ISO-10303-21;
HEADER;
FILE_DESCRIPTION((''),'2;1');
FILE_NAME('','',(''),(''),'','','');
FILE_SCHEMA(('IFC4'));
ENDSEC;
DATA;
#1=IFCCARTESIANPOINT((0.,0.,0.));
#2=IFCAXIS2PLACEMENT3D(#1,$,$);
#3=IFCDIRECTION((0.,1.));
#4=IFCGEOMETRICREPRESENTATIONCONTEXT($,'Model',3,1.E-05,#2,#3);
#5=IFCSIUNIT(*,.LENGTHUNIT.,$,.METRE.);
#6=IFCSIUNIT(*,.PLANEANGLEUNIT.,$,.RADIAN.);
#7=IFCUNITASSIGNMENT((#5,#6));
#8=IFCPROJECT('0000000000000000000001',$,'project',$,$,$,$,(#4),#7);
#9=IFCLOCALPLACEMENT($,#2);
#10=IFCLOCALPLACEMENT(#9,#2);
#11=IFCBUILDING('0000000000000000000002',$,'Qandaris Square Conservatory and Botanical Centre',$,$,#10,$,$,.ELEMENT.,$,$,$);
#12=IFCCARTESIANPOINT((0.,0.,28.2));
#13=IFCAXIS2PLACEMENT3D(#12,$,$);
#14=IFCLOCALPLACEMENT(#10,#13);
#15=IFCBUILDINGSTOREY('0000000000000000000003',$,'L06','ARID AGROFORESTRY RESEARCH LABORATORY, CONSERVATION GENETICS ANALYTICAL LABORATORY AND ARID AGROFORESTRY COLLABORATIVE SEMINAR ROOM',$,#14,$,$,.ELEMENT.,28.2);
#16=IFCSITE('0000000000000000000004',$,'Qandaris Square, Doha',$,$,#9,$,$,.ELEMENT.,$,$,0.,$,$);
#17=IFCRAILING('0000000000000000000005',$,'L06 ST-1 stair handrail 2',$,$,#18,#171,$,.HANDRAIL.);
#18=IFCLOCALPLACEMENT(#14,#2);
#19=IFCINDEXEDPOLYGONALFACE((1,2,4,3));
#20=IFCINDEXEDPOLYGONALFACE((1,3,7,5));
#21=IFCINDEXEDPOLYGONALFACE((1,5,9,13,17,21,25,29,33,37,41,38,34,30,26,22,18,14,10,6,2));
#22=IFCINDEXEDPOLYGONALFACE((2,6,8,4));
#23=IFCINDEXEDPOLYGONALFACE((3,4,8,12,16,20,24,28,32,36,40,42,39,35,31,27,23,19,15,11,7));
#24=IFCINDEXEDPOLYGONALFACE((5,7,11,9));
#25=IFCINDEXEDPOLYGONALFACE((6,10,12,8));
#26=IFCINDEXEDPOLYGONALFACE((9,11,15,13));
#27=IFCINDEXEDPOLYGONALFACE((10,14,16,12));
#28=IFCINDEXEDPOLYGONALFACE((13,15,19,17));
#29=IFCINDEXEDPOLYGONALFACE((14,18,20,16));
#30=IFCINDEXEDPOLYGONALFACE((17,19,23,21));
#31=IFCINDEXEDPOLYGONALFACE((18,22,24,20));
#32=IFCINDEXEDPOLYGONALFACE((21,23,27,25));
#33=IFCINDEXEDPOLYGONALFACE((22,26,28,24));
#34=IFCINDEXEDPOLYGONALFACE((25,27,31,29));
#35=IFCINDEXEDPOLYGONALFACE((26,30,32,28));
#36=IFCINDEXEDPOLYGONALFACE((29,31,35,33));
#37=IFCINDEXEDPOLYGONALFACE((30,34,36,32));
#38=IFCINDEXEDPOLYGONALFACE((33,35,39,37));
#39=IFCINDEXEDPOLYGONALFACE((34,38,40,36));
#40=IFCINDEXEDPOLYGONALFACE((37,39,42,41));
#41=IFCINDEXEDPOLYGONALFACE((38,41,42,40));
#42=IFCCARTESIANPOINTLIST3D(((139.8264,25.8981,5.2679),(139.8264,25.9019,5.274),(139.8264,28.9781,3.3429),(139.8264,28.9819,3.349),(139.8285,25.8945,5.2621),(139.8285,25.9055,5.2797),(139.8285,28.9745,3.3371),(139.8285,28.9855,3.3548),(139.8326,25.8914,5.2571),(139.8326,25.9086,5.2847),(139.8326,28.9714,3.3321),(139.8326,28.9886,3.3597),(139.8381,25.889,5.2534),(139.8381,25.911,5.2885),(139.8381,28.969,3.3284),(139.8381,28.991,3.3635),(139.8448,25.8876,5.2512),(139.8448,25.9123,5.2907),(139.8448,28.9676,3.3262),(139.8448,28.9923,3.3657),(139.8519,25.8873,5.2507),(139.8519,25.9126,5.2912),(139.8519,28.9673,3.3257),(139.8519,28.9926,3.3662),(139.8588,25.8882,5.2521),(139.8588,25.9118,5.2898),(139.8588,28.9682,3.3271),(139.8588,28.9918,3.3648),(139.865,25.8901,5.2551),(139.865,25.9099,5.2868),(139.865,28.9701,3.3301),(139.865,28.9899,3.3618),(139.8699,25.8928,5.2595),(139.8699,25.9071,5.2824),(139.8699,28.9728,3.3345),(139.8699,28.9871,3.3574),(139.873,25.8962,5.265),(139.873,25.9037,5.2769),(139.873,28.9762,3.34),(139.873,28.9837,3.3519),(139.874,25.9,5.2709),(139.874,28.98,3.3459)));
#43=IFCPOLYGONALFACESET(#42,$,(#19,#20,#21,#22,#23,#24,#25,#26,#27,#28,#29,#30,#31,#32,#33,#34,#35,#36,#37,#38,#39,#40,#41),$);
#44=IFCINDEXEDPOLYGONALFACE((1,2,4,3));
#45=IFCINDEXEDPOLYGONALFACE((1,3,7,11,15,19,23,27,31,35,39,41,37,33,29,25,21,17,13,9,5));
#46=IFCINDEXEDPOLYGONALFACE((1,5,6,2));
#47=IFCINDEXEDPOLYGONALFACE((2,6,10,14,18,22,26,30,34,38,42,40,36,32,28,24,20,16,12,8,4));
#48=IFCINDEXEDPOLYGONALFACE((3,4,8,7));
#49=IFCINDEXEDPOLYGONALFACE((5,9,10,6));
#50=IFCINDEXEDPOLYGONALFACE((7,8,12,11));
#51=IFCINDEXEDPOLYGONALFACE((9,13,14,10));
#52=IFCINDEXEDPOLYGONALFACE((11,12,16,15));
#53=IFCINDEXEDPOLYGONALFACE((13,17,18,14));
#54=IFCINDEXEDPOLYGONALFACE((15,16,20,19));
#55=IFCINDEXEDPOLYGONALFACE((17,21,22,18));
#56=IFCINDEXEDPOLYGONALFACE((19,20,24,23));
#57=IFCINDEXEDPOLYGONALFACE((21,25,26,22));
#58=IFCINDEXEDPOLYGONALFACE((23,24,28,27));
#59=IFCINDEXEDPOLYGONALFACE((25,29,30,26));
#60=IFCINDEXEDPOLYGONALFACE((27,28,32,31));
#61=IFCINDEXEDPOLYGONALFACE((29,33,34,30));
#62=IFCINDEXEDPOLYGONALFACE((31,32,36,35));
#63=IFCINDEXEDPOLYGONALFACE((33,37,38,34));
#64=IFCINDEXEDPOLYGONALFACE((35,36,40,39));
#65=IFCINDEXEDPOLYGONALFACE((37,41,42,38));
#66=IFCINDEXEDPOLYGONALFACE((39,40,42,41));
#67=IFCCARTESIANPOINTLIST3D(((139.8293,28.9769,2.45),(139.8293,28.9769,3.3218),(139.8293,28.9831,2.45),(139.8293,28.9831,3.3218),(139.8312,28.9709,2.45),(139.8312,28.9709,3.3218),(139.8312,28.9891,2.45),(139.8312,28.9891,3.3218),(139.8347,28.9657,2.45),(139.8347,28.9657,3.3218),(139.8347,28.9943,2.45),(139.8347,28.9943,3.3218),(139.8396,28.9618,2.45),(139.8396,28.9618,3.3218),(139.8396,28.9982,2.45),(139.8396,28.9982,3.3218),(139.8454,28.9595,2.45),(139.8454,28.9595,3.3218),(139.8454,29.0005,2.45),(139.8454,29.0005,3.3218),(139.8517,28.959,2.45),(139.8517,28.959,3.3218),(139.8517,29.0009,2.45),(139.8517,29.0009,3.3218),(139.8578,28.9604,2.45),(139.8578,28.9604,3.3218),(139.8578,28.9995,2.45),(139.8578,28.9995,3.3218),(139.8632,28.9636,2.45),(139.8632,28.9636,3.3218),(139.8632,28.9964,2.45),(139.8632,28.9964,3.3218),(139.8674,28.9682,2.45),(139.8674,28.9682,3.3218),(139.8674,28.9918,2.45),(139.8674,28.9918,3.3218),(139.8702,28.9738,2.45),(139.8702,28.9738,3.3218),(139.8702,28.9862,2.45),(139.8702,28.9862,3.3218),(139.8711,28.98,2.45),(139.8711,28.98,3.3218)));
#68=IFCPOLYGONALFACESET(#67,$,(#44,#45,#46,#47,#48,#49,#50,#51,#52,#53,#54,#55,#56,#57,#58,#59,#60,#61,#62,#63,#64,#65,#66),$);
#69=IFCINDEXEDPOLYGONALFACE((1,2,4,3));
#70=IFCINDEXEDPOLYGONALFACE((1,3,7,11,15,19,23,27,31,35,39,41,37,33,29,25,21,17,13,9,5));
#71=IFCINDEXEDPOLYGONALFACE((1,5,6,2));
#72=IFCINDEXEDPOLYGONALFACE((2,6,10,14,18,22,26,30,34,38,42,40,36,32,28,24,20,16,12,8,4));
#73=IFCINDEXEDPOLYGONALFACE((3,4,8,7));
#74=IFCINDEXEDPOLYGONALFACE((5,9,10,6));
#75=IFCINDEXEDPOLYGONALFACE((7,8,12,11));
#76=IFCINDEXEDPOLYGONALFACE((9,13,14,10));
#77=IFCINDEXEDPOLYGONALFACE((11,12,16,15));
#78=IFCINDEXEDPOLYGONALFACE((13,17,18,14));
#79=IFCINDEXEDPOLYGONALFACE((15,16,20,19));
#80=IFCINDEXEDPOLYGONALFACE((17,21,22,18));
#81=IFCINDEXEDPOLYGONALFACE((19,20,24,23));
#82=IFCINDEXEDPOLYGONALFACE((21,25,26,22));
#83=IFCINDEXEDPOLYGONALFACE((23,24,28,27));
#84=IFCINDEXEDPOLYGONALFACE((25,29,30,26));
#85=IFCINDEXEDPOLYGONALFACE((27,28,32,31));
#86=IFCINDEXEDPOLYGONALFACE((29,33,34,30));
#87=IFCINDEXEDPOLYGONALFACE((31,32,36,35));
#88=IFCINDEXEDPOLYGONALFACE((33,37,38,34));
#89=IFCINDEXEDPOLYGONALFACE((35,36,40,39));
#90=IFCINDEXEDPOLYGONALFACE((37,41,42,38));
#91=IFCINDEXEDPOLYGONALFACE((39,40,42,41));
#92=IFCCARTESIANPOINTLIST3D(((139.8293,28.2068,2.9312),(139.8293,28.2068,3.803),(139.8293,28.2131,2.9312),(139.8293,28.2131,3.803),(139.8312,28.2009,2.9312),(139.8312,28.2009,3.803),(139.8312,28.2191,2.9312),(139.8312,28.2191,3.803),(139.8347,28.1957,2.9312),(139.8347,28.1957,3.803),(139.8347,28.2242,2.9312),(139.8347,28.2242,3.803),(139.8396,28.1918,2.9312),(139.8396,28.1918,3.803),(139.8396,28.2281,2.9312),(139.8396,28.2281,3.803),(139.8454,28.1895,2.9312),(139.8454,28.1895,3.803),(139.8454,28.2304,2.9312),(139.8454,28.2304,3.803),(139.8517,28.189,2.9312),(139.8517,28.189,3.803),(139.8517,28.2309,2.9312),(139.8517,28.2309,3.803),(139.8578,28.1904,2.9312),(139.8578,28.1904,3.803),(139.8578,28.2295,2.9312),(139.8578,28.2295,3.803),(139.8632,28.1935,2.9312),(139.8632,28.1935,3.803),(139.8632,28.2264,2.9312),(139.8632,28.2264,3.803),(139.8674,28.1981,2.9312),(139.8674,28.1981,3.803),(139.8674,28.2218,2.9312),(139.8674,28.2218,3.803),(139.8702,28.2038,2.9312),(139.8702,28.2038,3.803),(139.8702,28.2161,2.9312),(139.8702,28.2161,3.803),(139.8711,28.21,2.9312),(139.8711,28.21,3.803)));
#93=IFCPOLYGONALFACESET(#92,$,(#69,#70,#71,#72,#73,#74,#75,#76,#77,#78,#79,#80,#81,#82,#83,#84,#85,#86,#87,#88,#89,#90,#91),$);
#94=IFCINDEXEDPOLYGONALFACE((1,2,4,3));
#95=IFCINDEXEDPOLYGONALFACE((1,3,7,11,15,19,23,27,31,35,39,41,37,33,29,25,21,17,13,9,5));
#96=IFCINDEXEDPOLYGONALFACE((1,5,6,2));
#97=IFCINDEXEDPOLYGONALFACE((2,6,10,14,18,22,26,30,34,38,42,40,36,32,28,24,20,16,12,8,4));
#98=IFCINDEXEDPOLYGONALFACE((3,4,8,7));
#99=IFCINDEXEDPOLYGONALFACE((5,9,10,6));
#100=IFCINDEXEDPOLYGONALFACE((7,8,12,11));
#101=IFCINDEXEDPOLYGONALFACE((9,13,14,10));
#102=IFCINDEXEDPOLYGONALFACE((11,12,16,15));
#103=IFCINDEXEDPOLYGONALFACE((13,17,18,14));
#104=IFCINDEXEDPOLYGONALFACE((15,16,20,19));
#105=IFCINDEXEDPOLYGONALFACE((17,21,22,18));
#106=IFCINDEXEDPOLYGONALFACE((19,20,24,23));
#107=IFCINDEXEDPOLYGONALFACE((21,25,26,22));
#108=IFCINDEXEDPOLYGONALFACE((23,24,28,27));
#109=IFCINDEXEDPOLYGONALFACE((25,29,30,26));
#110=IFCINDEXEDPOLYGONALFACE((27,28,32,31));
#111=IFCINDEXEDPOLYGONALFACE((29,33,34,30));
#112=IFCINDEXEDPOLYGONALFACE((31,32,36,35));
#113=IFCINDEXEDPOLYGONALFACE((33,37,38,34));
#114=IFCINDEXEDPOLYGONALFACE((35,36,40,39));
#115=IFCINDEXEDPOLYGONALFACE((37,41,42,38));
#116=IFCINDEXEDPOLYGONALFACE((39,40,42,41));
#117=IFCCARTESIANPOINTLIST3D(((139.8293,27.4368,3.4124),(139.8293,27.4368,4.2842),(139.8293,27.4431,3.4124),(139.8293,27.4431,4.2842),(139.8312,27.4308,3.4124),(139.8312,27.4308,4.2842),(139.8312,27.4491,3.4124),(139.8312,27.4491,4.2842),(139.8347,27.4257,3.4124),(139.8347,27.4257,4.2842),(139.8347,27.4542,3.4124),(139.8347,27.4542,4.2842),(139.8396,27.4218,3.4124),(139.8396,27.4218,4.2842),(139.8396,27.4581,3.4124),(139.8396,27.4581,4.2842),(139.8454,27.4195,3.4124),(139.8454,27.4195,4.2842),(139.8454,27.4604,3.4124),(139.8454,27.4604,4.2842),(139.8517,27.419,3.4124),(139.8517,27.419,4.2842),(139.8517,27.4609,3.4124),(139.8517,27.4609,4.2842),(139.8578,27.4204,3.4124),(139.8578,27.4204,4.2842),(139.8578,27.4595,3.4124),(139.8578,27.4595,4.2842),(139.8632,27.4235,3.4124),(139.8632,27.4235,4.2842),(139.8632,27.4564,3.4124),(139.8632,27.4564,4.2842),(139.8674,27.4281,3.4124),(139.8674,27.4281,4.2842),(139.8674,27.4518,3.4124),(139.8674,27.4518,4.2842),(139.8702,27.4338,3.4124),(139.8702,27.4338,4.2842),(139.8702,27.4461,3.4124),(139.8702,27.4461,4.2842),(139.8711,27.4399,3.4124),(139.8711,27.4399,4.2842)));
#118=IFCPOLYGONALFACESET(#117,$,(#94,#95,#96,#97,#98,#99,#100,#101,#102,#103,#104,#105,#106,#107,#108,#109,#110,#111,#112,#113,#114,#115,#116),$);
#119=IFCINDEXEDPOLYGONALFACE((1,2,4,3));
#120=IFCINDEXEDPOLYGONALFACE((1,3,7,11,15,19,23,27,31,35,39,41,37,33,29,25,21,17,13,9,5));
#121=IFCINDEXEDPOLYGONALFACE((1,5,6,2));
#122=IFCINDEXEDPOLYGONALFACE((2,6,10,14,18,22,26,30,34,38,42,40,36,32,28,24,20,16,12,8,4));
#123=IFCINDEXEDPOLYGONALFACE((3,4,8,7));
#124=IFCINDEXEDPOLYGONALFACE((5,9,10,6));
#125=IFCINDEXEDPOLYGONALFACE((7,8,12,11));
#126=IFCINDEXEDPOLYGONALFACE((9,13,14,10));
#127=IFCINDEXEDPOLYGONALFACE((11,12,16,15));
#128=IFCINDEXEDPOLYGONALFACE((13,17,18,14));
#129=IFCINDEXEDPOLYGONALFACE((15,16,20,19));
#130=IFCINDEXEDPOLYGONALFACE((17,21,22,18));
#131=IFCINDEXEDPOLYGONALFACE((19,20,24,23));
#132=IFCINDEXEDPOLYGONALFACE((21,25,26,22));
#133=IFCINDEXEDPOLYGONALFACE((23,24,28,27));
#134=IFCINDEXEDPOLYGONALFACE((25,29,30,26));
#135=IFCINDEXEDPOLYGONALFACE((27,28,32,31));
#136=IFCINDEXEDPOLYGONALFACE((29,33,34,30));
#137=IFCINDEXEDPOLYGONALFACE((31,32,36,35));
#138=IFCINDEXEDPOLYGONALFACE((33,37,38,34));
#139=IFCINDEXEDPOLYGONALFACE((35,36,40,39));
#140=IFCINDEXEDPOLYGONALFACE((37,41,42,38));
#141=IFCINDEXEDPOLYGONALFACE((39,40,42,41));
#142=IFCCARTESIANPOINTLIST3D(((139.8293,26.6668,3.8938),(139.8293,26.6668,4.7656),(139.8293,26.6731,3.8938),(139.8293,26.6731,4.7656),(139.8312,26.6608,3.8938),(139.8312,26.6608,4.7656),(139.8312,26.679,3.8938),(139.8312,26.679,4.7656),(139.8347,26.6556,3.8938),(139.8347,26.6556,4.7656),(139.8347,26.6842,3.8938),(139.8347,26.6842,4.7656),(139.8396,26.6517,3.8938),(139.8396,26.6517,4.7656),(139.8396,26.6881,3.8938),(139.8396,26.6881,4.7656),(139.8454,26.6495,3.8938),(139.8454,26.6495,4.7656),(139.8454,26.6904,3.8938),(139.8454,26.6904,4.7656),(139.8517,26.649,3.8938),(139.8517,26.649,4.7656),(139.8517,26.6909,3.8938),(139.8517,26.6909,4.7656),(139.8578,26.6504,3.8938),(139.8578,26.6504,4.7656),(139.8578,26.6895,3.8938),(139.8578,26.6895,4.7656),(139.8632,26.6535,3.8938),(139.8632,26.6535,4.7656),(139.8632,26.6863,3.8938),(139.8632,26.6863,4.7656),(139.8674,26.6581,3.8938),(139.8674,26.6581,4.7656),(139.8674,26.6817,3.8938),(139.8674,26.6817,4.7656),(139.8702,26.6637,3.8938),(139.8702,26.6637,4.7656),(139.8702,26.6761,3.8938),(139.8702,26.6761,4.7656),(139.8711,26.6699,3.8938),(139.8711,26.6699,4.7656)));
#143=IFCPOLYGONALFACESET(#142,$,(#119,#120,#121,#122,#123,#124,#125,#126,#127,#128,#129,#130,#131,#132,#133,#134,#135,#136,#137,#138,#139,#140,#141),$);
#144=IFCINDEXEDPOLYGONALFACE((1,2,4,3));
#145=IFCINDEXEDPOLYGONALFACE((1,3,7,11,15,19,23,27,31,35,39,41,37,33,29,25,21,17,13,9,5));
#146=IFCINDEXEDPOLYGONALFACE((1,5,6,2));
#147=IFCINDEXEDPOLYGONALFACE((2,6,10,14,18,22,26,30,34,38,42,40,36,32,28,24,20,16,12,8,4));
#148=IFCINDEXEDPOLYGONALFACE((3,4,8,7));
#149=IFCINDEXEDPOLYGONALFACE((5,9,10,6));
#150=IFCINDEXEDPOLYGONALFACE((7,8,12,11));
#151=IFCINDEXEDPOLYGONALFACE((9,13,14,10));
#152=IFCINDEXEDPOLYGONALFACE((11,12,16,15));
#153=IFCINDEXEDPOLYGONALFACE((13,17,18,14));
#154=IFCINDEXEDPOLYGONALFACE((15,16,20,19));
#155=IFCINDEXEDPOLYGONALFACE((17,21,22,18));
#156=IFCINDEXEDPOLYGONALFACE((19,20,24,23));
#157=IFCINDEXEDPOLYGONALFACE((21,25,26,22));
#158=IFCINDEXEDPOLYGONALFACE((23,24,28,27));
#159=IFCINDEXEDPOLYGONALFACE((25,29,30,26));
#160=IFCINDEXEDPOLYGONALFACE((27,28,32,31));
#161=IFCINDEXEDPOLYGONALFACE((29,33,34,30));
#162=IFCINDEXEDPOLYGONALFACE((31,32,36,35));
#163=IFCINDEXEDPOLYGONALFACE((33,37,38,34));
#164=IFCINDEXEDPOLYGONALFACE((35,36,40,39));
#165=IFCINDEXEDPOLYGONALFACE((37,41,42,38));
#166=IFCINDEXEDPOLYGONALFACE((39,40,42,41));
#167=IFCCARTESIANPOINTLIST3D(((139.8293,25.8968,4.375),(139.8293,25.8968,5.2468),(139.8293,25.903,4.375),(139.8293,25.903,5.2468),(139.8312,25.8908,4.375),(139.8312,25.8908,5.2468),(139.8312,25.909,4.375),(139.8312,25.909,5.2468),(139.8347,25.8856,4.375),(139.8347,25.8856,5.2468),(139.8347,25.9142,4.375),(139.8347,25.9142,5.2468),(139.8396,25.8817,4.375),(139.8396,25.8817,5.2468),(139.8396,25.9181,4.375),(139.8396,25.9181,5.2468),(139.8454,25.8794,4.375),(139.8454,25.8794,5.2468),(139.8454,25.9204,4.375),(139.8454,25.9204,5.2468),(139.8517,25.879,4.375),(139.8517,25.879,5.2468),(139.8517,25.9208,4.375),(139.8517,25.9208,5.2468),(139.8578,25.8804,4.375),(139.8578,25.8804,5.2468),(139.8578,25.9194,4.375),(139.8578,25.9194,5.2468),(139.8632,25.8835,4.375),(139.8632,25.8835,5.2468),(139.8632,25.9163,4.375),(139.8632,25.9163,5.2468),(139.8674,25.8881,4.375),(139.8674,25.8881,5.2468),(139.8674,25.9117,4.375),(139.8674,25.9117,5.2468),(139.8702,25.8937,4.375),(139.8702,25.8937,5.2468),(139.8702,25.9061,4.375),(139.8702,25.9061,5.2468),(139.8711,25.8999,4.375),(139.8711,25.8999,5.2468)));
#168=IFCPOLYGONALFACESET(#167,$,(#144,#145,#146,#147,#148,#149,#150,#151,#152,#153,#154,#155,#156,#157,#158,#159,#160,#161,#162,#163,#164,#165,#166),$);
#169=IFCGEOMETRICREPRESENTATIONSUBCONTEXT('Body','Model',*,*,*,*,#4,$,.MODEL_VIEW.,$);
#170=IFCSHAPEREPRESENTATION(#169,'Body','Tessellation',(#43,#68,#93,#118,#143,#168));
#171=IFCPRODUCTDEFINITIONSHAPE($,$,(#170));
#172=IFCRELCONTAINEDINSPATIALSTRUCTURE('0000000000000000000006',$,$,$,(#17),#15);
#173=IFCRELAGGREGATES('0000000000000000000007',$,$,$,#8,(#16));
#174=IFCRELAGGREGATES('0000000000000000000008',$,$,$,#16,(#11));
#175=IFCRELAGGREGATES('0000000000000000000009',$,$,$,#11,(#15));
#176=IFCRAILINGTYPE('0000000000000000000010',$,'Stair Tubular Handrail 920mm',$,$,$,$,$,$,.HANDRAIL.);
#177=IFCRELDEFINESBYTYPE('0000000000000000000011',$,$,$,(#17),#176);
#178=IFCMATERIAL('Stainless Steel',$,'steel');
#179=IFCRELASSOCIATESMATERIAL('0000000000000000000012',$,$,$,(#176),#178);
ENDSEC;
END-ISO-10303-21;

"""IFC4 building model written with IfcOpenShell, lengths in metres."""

from ifc_helpers import new_model, si_unit, direction, frame, origin, origin_2d, place, context, subcontext, project, spatial, circle, extrude, material, type_object, element, save


model = new_model("IFC4")

# Units and contexts
model_context = context("Model", 3, precision=1e-05, world=origin(), true_north=direction((0.0, 1.0)))
body_context = subcontext(model_context, "Body", "Model", "MODEL_VIEW")
ifc_project = project(units=[si_unit("LENGTHUNIT", "METRE"), si_unit("PLANEANGLEUNIT", "RADIAN")], contexts=[model_context])

# Site, building, storey
site_placement = place(None, origin())
site = spatial("IfcSite", under=ifc_project, at=site_placement, Name="Qandaris Square, Doha", CompositionType="ELEMENT", RefElevation=0.0)
building_placement = place(site_placement, origin())
building = spatial("IfcBuilding", under=site, at=building_placement, Name="Qandaris Square Conservatory and Botanical Centre", CompositionType="ELEMENT")
storey_placement = place(building_placement, frame((0.0, 0.0, 28.2)))
storey = spatial("IfcBuildingStorey", under=building, at=storey_placement, Name="L06", Description="ARID AGROFORESTRY RESEARCH LABORATORY, CONSERVATION GENETICS ANALYTICAL LABORATORY AND ARID AGROFORESTRY COLLABORATIVE SEMINAR ROOM", CompositionType="ELEMENT", Elevation=28.2)

# Railing
ifc_material_1 = material(Name="Stainless Steel", Category="steel")
railing_type_1 = type_object("IfcRailingType", Name="Stair Tubular Handrail 920mm", PredefinedType="HANDRAIL", material=ifc_material_1)
railing_1_placement = place(storey_placement, frame((139.8501, 28.98, 2.45)))
element("IfcRailing", 1, at=railing_1_placement, inside=storey, type_object=railing_type_1, Name="L06 ST-1 stair handrail 2", PredefinedType="HANDRAIL", context=body_context, shape_type="SweptSolid", body=[
    extrude(circle(Radius=0.0239, at=origin_2d()), frame((0.0, 0.0, 0.896), z_axis=(0.0, -0.847998, 0.529999), x_axis=(1.0, 0.0, 0.0)), (0.0, 0.0, 1.0), 3.6321),
    extrude(circle(Radius=0.021, at=origin_2d()), origin(), (0.0, 0.0, 1.0), 0.8718),
    extrude(circle(Radius=0.021, at=origin_2d()), frame((0.0, -0.77, 0.4812)), (0.0, 0.0, 1.0), 0.8718),
    extrude(circle(Radius=0.021, at=origin_2d()), frame((0.0, -1.54, 0.9624)), (0.0, 0.0, 1.0), 0.8718),
    extrude(circle(Radius=0.021, at=origin_2d()), frame((0.0, -2.3101, 1.4438)), (0.0, 0.0, 1.0), 0.8718),
    extrude(circle(Radius=0.021, at=origin_2d()), frame((0.0, -3.0801, 1.925)), (0.0, 0.0, 1.0), 0.8718),
])

save(model, "model.ifc")
